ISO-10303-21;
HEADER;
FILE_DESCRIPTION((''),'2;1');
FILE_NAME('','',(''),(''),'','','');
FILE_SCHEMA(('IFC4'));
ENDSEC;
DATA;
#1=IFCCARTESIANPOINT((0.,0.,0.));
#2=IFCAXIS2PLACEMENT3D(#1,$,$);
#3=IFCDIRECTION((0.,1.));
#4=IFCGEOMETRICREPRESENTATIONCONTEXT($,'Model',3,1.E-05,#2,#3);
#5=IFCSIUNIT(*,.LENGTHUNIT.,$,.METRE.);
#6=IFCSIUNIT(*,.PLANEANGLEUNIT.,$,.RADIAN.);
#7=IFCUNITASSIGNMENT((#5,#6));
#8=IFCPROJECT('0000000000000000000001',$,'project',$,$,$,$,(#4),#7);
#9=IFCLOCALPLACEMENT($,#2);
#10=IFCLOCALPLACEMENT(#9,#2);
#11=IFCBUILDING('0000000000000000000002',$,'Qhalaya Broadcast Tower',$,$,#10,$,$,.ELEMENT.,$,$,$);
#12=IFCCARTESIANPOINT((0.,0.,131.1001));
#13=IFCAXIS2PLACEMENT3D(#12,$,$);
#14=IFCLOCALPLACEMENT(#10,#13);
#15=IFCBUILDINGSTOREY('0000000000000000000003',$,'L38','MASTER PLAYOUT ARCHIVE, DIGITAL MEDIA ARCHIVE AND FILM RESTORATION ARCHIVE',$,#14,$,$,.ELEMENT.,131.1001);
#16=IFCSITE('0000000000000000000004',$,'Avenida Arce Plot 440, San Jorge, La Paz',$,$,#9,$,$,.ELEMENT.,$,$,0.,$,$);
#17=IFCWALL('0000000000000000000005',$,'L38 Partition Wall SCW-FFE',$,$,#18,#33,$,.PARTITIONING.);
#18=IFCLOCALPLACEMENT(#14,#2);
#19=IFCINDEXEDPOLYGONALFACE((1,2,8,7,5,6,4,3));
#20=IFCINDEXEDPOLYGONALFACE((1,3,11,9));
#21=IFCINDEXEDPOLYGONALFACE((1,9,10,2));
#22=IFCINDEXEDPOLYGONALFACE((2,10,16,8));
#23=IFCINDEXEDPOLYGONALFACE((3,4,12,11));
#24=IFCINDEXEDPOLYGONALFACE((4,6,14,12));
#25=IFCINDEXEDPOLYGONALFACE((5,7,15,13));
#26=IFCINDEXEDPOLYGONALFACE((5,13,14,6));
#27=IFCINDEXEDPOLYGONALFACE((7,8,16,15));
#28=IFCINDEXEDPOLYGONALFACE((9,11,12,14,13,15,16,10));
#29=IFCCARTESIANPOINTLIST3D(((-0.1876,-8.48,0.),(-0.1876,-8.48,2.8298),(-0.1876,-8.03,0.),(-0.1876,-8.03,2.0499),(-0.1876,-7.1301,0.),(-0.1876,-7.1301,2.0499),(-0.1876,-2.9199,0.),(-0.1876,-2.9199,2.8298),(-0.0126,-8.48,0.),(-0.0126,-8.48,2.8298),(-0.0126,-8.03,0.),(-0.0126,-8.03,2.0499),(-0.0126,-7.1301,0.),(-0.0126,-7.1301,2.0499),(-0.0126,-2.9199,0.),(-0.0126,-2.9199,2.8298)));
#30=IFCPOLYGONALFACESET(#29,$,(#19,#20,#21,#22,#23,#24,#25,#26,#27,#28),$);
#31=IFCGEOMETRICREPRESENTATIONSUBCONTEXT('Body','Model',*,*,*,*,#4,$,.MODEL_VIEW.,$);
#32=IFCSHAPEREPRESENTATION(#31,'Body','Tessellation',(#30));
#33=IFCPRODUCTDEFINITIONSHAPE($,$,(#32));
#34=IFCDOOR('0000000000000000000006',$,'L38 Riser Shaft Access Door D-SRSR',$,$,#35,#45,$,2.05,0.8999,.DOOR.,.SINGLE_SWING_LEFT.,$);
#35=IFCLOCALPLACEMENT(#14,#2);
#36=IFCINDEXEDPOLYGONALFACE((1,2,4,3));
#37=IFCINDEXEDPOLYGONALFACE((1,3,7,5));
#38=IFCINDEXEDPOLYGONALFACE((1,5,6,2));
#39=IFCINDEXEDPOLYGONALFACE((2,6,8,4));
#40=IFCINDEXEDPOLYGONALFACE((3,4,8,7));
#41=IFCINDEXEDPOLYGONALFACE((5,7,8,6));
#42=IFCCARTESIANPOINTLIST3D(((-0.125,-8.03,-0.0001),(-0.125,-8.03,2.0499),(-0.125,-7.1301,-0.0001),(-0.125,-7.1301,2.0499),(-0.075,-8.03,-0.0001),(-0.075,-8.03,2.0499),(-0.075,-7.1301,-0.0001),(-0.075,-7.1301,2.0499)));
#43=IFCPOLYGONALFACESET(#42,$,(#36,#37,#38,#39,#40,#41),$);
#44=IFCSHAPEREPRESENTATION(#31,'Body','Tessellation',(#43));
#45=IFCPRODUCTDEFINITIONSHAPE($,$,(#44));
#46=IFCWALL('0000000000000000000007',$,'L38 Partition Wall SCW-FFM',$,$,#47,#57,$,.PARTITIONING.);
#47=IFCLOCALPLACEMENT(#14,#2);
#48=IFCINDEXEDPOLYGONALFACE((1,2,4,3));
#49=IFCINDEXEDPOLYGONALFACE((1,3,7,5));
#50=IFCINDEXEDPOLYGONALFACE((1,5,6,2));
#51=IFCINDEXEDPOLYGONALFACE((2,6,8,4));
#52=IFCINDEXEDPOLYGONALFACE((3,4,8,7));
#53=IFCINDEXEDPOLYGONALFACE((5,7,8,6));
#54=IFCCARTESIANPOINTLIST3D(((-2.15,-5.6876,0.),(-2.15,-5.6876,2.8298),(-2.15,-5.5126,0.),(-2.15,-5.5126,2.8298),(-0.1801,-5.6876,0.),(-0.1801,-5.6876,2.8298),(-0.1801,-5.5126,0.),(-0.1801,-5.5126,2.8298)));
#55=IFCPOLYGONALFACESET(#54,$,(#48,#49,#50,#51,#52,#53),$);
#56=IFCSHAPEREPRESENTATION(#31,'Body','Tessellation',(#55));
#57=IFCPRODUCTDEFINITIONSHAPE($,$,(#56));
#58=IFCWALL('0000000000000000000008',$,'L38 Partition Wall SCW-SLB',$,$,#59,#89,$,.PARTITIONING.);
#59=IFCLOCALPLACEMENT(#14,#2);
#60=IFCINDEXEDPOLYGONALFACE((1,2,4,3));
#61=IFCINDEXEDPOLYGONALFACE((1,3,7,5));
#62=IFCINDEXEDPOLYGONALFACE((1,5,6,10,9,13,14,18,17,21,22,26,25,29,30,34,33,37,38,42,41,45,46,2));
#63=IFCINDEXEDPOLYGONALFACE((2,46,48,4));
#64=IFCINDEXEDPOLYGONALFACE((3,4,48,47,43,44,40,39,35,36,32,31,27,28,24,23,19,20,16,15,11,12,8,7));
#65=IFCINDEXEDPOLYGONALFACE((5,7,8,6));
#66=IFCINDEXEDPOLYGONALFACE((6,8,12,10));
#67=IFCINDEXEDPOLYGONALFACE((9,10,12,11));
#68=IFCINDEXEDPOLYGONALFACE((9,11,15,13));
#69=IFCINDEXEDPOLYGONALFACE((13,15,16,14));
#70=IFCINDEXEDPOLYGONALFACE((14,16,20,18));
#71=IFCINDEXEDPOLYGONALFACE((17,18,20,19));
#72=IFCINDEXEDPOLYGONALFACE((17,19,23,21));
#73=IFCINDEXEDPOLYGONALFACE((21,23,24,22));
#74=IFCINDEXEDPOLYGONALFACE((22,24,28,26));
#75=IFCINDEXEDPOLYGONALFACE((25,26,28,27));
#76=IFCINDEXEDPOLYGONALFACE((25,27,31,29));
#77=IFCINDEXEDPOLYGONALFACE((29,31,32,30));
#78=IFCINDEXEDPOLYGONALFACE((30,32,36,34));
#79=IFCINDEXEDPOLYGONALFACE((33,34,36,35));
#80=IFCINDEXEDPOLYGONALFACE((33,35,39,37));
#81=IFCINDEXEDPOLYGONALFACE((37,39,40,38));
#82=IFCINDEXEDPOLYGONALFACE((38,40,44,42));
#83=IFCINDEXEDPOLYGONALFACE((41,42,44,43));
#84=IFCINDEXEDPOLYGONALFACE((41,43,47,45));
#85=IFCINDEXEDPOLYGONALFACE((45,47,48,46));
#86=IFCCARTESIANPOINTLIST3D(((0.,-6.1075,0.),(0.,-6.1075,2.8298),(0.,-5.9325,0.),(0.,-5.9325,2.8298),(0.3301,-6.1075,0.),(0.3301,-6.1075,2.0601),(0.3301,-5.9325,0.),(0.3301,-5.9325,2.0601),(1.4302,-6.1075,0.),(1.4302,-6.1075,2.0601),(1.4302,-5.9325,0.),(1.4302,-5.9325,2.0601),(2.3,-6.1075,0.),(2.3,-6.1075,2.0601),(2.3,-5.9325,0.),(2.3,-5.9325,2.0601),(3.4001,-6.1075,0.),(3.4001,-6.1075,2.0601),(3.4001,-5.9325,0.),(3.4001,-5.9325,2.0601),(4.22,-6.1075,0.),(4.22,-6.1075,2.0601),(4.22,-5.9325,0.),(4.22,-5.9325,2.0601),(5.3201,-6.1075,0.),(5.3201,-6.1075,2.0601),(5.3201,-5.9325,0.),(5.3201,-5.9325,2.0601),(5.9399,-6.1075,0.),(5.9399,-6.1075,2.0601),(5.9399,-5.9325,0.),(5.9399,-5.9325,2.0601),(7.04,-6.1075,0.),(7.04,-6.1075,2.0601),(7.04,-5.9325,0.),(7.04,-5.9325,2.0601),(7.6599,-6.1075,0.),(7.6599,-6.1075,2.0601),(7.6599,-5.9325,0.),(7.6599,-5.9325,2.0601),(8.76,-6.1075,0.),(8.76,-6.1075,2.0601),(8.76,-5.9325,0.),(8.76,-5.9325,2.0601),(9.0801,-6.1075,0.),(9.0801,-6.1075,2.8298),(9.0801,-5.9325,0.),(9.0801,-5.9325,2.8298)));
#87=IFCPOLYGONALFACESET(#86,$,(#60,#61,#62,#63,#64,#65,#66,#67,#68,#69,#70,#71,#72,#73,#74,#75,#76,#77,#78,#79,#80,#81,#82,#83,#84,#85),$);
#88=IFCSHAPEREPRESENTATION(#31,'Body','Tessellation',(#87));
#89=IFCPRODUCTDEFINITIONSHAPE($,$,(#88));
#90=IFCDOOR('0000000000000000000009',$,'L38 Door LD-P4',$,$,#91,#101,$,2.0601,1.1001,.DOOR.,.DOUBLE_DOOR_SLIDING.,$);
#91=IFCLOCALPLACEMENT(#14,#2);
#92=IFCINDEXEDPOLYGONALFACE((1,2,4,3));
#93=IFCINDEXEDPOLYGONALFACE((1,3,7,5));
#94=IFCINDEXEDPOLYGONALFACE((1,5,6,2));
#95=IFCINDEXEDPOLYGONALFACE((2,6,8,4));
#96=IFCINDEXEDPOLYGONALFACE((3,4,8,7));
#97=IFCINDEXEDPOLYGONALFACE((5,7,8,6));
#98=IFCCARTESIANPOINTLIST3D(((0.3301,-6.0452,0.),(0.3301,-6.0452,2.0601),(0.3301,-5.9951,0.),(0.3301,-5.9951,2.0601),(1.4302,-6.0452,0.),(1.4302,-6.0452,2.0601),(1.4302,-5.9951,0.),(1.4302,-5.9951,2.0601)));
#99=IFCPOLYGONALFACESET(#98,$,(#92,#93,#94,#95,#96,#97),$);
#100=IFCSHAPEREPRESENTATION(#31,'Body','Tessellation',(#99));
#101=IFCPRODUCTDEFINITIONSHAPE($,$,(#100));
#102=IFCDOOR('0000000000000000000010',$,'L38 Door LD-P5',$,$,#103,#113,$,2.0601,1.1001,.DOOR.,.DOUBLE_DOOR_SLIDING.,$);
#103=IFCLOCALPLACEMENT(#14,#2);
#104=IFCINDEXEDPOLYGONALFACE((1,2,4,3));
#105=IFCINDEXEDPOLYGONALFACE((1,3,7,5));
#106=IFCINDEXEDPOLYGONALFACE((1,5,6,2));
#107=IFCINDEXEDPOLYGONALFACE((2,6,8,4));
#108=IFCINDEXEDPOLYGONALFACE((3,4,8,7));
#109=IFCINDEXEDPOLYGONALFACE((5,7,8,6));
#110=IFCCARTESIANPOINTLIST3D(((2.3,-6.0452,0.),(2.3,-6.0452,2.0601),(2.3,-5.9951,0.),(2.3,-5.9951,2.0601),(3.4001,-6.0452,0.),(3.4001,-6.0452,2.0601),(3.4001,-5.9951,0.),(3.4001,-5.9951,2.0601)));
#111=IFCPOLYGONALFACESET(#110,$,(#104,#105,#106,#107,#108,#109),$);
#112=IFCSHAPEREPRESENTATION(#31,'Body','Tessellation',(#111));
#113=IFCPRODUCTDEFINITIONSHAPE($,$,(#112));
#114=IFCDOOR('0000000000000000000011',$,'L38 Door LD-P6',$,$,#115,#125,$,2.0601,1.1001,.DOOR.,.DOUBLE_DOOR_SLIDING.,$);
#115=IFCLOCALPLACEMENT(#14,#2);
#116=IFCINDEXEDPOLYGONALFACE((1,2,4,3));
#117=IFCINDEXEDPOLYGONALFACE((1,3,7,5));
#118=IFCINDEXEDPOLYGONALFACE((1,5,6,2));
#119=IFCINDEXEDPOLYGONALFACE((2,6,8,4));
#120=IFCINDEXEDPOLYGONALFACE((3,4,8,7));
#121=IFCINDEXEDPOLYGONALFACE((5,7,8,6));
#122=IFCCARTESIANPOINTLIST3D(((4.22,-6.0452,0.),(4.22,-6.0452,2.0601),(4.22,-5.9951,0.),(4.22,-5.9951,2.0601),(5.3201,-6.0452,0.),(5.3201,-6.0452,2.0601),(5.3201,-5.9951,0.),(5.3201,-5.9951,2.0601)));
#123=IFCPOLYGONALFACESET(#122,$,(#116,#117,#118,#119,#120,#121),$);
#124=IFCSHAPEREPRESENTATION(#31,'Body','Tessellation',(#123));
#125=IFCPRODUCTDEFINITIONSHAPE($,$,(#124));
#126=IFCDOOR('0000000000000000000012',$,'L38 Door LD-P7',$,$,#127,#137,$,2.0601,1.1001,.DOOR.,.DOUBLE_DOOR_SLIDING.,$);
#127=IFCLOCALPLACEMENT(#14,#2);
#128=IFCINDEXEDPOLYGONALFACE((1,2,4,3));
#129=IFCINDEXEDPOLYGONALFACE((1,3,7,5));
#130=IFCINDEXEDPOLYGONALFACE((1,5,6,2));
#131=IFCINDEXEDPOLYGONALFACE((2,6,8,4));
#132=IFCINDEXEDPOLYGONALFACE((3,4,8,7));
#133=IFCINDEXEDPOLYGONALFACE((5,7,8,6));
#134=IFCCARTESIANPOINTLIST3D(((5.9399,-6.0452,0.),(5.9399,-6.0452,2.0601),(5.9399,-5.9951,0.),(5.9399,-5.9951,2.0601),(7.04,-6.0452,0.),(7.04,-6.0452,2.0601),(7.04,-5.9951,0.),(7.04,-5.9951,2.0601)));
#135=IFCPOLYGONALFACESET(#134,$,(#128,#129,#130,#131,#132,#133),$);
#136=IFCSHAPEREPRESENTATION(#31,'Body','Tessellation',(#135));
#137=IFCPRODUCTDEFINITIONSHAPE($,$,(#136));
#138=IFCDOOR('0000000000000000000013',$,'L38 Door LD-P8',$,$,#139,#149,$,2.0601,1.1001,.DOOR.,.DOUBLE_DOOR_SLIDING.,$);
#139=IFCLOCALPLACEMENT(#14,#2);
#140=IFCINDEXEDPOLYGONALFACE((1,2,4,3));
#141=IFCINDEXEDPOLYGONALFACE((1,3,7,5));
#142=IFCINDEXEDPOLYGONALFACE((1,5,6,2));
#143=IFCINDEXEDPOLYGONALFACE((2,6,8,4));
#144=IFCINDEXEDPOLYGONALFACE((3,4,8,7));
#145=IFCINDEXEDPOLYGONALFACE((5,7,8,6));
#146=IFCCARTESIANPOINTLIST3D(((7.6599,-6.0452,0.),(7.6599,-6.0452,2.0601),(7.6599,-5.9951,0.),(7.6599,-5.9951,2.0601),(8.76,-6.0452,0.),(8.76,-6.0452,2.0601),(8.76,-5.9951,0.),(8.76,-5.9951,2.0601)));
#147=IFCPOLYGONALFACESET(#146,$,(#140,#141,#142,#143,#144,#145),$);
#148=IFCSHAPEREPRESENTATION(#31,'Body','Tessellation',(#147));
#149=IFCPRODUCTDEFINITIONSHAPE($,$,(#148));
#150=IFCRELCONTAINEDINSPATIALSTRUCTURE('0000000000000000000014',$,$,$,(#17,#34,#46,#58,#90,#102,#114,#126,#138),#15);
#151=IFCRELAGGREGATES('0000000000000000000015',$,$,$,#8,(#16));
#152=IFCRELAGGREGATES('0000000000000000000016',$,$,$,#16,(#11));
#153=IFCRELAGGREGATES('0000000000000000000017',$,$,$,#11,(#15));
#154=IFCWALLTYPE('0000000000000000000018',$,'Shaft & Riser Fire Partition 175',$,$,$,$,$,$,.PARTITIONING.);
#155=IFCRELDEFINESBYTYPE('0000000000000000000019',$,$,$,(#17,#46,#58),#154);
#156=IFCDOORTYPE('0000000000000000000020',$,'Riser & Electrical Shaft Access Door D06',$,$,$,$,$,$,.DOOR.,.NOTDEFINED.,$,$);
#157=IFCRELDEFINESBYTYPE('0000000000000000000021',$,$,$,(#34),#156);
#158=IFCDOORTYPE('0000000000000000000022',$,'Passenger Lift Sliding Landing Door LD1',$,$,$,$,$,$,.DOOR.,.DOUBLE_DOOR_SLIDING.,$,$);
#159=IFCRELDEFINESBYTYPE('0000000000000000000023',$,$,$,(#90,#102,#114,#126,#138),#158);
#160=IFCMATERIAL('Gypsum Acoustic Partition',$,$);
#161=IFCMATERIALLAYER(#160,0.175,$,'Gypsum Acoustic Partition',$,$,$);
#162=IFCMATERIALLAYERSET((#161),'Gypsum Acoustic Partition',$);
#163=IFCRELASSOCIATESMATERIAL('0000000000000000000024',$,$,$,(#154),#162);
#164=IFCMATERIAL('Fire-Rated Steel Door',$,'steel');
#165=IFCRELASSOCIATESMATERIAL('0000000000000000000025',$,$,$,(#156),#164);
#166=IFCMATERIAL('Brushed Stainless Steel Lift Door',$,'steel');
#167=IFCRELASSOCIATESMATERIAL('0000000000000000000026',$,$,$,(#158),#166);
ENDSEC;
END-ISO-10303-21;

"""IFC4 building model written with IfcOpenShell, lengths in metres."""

from ifc_helpers import new_model, si_unit, direction, frame, frame_2d, origin, place, context, subcontext, project, spatial, rectangle, extrude, material, layer, layer_set, type_object, element, fill, save


model = new_model("IFC4")

# Units and contexts
model_context = context("Model", 3, precision=1e-05, world=origin(), true_north=direction((0.0, 1.0)))
body_context = subcontext(model_context, "Body", "Model", "MODEL_VIEW")
ifc_project = project(units=[si_unit("LENGTHUNIT", "METRE"), si_unit("PLANEANGLEUNIT", "RADIAN")], contexts=[model_context])

# Site, building, storey
site_placement = place(None, origin())
site = spatial("IfcSite", under=ifc_project, at=site_placement, Name="Avenida Arce Plot 440, San Jorge, La Paz", CompositionType="ELEMENT", RefElevation=0.0)
building_placement = place(site_placement, origin())
building = spatial("IfcBuilding", under=site, at=building_placement, Name="Qhalaya Broadcast Tower", CompositionType="ELEMENT")
storey_placement = place(building_placement, frame((0.0, 0.0, 131.1001)))
storey = spatial("IfcBuildingStorey", under=building, at=storey_placement, Name="L38", Description="MASTER PLAYOUT ARCHIVE, DIGITAL MEDIA ARCHIVE AND FILM RESTORATION ARCHIVE", CompositionType="ELEMENT", Elevation=131.1001)

# Wall, opening, door
ifc_material_1 = material(Name="Fire-Rated Steel Door", Category="steel")
ifc_material_2 = material(Name="Brushed Stainless Steel Lift Door", Category="steel")
ifc_material_3 = material(Name="Gypsum Acoustic Partition")
ifc_layer_1 = layer(ifc_material_3, 0.175, Name="Gypsum Acoustic Partition")
ifc_layer_set_1 = layer_set([ifc_layer_1], Name="Gypsum Acoustic Partition")
wall_type_1 = type_object("IfcWallType", Name="Shaft & Riser Fire Partition 175", PredefinedType="PARTITIONING", material=ifc_layer_set_1)
wall_1_placement = place(storey_placement, frame((-0.1001, -8.48, 0.0), z_axis=(0.0, 0.0, 1.0), x_axis=(0.0, 1.0, 0.0)))
wall_1 = element("IfcWall", 1, at=wall_1_placement, inside=storey, type_object=wall_type_1, Name="L38 Partition Wall SCW-FFE", PredefinedType="PARTITIONING", context=body_context, shape_type="SweptSolid", body=[
    extrude(rectangle(XDim=5.5601, YDim=0.175, at=frame_2d((2.78, 0.0))), origin(), (0.0, 0.0, 1.0), 2.8298),
])
opening_1_placement = place(wall_1_placement, frame((0.45, 0.0, 0.0)))
opening_1 = element("IfcOpeningElement", 2, at=opening_1_placement, cuts=wall_1, PredefinedType="OPENING", context=body_context, shape_type="SweptSolid", body=[
    extrude(rectangle(XDim=0.8999, YDim=2.05, at=frame_2d((0.45, 1.0249))), frame((0.0, 0.0996, 0.0), z_axis=(0.0, -1.0, 0.0), x_axis=(1.0, 0.0, 0.0)), (0.0, 0.0, 1.0), 0.199),
])
door_type_1 = type_object("IfcDoorType", Name="Riser & Electrical Shaft Access Door D06", OperationType="NOTDEFINED", PredefinedType="DOOR", material=ifc_material_1)
door_1_placement = place(opening_1_placement, origin())
door_1 = element("IfcDoor", 3, at=door_1_placement, inside=storey, type_object=door_type_1, Name="L38 Riser Shaft Access Door D-SRSR", OperationType="SINGLE_SWING_LEFT", OverallHeight=2.05, OverallWidth=0.8999, PredefinedType="DOOR", context=body_context, shape_type="SweptSolid", body=[
    extrude(rectangle(XDim=0.8999, YDim=2.05, at=frame_2d((0.45, 1.0249))), frame((0.0, 0.0249, 0.0), z_axis=(0.0, -1.0, 0.0), x_axis=(1.0, 0.0, 0.0)), (0.0, 0.0, 1.0), 0.05),
])
fill(opening_1, door_1)

# Wall
wall_2_placement = place(storey_placement, frame((-2.1499, -5.6001, 0.0), z_axis=(0.0, 0.0, 1.0), x_axis=(1.0, 0.0, 0.0)))
element("IfcWall", 4, at=wall_2_placement, inside=storey, type_object=wall_type_1, Name="L38 Partition Wall SCW-FFM", PredefinedType="PARTITIONING", context=body_context, shape_type="SweptSolid", body=[
    extrude(rectangle(XDim=1.97, YDim=0.175, at=frame_2d((0.9849, 0.0))), origin(), (0.0, 0.0, 1.0), 2.8298),
])

# Wall, openings, doors
wall_3_placement = place(storey_placement, frame((0.0, -6.02, 0.0), z_axis=(0.0, 0.0, 1.0), x_axis=(1.0, 0.0, 0.0)))
wall_3 = element("IfcWall", 5, at=wall_3_placement, inside=storey, type_object=wall_type_1, Name="L38 Partition Wall SCW-SLB", PredefinedType="PARTITIONING", context=body_context, shape_type="SweptSolid", body=[
    extrude(rectangle(XDim=9.0801, YDim=0.175, at=frame_2d((4.54, 0.0))), origin(), (0.0, 0.0, 1.0), 2.8298),
])
opening_2_placement = place(wall_3_placement, frame((0.3301, 0.0, 0.0)))
opening_2 = element("IfcOpeningElement", 6, at=opening_2_placement, cuts=wall_3, PredefinedType="OPENING", context=body_context, shape_type="SweptSolid", body=[
    extrude(rectangle(XDim=1.1001, YDim=2.0601, at=frame_2d((0.55, 1.03))), frame((0.0, 0.0996, 0.0), z_axis=(0.0, -1.0, 0.0), x_axis=(1.0, 0.0, 0.0)), (0.0, 0.0, 1.0), 0.199),
])
opening_3_placement = place(wall_3_placement, frame((2.3, 0.0, 0.0)))
opening_3 = element("IfcOpeningElement", 7, at=opening_3_placement, cuts=wall_3, PredefinedType="OPENING", context=body_context, shape_type="SweptSolid", body=[
    extrude(rectangle(XDim=1.1001, YDim=2.0601, at=frame_2d((0.55, 1.03))), frame((0.0, 0.0996, 0.0), z_axis=(0.0, -1.0, 0.0), x_axis=(1.0, 0.0, 0.0)), (0.0, 0.0, 1.0), 0.199),
])
opening_4_placement = place(wall_3_placement, frame((4.22, 0.0, 0.0)))
opening_4 = element("IfcOpeningElement", 8, at=opening_4_placement, cuts=wall_3, PredefinedType="OPENING", context=body_context, shape_type="SweptSolid", body=[
    extrude(rectangle(XDim=1.1001, YDim=2.0601, at=frame_2d((0.55, 1.03))), frame((0.0, 0.0996, 0.0), z_axis=(0.0, -1.0, 0.0), x_axis=(1.0, 0.0, 0.0)), (0.0, 0.0, 1.0), 0.199),
])
opening_5_placement = place(wall_3_placement, frame((5.9399, 0.0, 0.0)))
opening_5 = element("IfcOpeningElement", 9, at=opening_5_placement, cuts=wall_3, PredefinedType="OPENING", context=body_context, shape_type="SweptSolid", body=[
    extrude(rectangle(XDim=1.1001, YDim=2.0601, at=frame_2d((0.55, 1.03))), frame((0.0, 0.0996, 0.0), z_axis=(0.0, -1.0, 0.0), x_axis=(1.0, 0.0, 0.0)), (0.0, 0.0, 1.0), 0.199),
])
opening_6_placement = place(wall_3_placement, frame((7.6599, 0.0, 0.0)))
opening_6 = element("IfcOpeningElement", 10, at=opening_6_placement, cuts=wall_3, PredefinedType="OPENING", context=body_context, shape_type="SweptSolid", body=[
    extrude(rectangle(XDim=1.1001, YDim=2.0601, at=frame_2d((0.55, 1.03))), frame((0.0, 0.0996, 0.0), z_axis=(0.0, -1.0, 0.0), x_axis=(1.0, 0.0, 0.0)), (0.0, 0.0, 1.0), 0.199),
])
door_type_2 = type_object("IfcDoorType", Name="Passenger Lift Sliding Landing Door LD1", OperationType="DOUBLE_DOOR_SLIDING", PredefinedType="DOOR", material=ifc_material_2)
door_2_placement = place(opening_2_placement, origin())
door_2 = element("IfcDoor", 11, at=door_2_placement, inside=storey, type_object=door_type_2, Name="L38 Door LD-P4", OperationType="DOUBLE_DOOR_SLIDING", OverallHeight=2.0601, OverallWidth=1.1001, PredefinedType="DOOR", context=body_context, shape_type="SweptSolid", body=[
    extrude(rectangle(XDim=1.1001, YDim=2.0601, at=frame_2d((0.55, 1.03))), frame((0.0, 0.0249, 0.0), z_axis=(0.0, -1.0, 0.0), x_axis=(1.0, 0.0, 0.0)), (0.0, 0.0, 1.0), 0.05),
])
fill(opening_2, door_2)
door_3_placement = place(opening_3_placement, origin())
door_3 = element("IfcDoor", 12, at=door_3_placement, inside=storey, type_object=door_type_2, Name="L38 Door LD-P5", OperationType="DOUBLE_DOOR_SLIDING", OverallHeight=2.0601, OverallWidth=1.1001, PredefinedType="DOOR", context=body_context, shape_type="SweptSolid", body=[
    extrude(rectangle(XDim=1.1001, YDim=2.0601, at=frame_2d((0.55, 1.03))), frame((0.0, 0.0249, 0.0), z_axis=(0.0, -1.0, 0.0), x_axis=(1.0, 0.0, 0.0)), (0.0, 0.0, 1.0), 0.05),
])
fill(opening_3, door_3)
door_4_placement = place(opening_4_placement, origin())
door_4 = element("IfcDoor", 13, at=door_4_placement, inside=storey, type_object=door_type_2, Name="L38 Door LD-P6", OperationType="DOUBLE_DOOR_SLIDING", OverallHeight=2.0601, OverallWidth=1.1001, PredefinedType="DOOR", context=body_context, shape_type="SweptSolid", body=[
    extrude(rectangle(XDim=1.1001, YDim=2.0601, at=frame_2d((0.55, 1.03))), frame((0.0, 0.0249, 0.0), z_axis=(0.0, -1.0, 0.0), x_axis=(1.0, 0.0, 0.0)), (0.0, 0.0, 1.0), 0.05),
])
fill(opening_4, door_4)
door_5_placement = place(opening_5_placement, origin())
door_5 = element("IfcDoor", 14, at=door_5_placement, inside=storey, type_object=door_type_2, Name="L38 Door LD-P7", OperationType="DOUBLE_DOOR_SLIDING", OverallHeight=2.0601, OverallWidth=1.1001, PredefinedType="DOOR", context=body_context, shape_type="SweptSolid", body=[
    extrude(rectangle(XDim=1.1001, YDim=2.0601, at=frame_2d((0.55, 1.03))), frame((0.0, 0.0249, 0.0), z_axis=(0.0, -1.0, 0.0), x_axis=(1.0, 0.0, 0.0)), (0.0, 0.0, 1.0), 0.05),
])
fill(opening_5, door_5)
door_6_placement = place(opening_6_placement, origin())
door_6 = element("IfcDoor", 15, at=door_6_placement, inside=storey, type_object=door_type_2, Name="L38 Door LD-P8", OperationType="DOUBLE_DOOR_SLIDING", OverallHeight=2.0601, OverallWidth=1.1001, PredefinedType="DOOR", context=body_context, shape_type="SweptSolid", body=[
    extrude(rectangle(XDim=1.1001, YDim=2.0601, at=frame_2d((0.55, 1.03))), frame((0.0, 0.0249, 0.0), z_axis=(0.0, -1.0, 0.0), x_axis=(1.0, 0.0, 0.0)), (0.0, 0.0, 1.0), 0.05),
])
fill(opening_6, door_6)

save(model, "model.ifc")
